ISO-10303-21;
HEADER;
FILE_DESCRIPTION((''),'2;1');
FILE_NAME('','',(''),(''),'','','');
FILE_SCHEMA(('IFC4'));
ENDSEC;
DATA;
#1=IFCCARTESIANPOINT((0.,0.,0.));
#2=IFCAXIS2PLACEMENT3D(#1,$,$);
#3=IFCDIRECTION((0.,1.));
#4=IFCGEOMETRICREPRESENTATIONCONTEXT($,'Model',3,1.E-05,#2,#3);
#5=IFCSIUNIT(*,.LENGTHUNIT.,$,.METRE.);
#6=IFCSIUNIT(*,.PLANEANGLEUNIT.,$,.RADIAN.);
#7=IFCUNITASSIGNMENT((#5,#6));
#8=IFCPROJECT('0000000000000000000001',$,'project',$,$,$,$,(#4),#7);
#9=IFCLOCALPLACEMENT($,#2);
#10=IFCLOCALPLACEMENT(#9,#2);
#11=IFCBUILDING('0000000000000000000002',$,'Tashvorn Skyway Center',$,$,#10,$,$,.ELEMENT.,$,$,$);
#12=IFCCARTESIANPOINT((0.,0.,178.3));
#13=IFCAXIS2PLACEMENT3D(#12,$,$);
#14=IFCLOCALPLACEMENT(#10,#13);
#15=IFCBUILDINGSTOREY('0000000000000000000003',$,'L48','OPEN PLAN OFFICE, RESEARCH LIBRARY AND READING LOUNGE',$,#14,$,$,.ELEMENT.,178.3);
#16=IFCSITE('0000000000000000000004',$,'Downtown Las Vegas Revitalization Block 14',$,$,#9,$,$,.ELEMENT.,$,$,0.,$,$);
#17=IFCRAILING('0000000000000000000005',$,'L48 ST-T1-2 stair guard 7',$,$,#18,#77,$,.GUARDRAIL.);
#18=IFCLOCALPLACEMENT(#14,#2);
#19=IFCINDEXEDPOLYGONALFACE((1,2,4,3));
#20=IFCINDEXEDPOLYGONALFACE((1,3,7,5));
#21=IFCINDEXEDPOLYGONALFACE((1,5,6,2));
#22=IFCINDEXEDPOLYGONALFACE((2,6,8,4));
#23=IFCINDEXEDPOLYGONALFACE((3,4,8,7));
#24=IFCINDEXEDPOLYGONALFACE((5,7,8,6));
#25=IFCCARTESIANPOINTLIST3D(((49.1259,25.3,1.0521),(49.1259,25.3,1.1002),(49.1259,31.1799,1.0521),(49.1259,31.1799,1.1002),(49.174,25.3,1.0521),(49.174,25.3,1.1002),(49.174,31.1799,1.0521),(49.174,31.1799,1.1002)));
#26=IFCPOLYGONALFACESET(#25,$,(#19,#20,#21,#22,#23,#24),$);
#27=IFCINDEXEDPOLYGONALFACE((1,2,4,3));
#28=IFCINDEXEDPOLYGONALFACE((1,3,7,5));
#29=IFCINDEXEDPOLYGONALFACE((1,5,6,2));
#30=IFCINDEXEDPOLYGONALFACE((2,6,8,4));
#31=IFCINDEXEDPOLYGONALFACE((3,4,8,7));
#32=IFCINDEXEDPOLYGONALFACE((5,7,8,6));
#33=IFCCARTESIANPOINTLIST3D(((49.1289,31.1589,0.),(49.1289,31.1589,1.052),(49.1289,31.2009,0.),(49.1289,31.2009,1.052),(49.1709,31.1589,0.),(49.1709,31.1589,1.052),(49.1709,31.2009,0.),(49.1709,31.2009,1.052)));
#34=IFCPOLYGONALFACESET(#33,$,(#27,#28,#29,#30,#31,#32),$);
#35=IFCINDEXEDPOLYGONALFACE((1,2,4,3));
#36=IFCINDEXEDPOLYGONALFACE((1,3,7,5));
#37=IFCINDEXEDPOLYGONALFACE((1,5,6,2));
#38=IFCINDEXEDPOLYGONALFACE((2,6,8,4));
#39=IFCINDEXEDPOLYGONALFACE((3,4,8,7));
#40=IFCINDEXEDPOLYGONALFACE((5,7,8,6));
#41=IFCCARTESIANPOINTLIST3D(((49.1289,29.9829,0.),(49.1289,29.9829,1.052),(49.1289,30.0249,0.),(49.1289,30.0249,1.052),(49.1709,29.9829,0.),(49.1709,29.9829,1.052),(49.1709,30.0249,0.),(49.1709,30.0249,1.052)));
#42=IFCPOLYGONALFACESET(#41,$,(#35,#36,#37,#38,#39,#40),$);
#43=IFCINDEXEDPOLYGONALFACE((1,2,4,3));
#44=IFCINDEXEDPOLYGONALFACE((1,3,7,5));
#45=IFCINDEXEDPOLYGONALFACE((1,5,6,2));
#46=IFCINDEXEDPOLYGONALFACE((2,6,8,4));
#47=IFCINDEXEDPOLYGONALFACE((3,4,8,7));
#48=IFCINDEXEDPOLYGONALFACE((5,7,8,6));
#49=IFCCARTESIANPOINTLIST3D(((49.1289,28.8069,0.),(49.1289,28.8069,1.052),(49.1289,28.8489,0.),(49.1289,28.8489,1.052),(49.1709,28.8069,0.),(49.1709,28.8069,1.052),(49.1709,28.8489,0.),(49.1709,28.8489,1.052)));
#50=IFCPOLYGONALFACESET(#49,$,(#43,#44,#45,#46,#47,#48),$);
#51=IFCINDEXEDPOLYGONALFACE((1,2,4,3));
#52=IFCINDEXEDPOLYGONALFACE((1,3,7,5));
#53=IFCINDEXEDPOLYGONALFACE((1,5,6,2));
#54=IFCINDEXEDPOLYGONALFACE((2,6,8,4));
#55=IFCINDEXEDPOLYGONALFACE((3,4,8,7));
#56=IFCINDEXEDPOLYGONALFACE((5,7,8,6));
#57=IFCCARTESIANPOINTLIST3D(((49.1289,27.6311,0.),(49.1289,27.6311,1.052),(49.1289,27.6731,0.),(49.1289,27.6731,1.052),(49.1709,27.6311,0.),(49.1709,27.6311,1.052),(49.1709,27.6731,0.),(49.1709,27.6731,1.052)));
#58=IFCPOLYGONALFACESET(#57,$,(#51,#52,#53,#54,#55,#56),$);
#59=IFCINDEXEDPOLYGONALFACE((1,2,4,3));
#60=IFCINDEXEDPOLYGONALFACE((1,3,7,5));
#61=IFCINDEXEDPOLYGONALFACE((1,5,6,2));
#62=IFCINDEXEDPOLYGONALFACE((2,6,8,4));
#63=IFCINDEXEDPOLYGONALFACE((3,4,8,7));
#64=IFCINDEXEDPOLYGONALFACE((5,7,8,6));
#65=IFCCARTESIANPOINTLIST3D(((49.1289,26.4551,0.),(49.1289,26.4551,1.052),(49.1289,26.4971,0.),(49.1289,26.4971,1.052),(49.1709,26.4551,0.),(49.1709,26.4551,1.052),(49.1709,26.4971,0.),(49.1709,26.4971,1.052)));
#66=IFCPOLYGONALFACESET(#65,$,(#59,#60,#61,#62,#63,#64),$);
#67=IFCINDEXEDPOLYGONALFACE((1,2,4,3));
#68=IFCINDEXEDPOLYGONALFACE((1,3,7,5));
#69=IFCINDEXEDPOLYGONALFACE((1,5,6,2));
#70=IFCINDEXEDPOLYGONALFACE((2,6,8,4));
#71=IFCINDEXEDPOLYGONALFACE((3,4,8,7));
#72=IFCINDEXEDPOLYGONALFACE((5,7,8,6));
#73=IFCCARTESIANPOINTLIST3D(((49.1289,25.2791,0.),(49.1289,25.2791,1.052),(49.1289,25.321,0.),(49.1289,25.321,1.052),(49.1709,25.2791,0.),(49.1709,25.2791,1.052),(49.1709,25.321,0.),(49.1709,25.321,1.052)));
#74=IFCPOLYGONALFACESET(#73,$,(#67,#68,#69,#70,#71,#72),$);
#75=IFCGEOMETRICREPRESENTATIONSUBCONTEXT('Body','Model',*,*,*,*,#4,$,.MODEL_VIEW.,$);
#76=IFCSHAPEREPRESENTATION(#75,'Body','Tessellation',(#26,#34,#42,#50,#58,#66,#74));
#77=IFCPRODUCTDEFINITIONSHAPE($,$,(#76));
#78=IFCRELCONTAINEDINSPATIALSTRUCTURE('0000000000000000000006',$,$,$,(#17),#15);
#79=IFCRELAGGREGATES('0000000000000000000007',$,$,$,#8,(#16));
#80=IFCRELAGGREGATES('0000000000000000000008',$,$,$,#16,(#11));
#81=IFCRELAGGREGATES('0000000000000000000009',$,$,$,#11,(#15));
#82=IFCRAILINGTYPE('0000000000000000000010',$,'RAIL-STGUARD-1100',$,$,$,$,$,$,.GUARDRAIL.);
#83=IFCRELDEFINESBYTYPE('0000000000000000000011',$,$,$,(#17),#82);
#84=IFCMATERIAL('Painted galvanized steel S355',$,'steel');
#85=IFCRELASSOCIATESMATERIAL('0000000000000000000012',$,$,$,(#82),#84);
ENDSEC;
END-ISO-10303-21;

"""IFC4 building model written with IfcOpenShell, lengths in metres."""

from ifc_helpers import new_model, si_unit, direction, frame, origin, origin_2d, place, context, subcontext, project, spatial, rectangle, extrude, material, type_object, element, save


model = new_model("IFC4")

# Units and contexts
model_context = context("Model", 3, precision=1e-05, world=origin(), true_north=direction((0.0, 1.0)))
body_context = subcontext(model_context, "Body", "Model", "MODEL_VIEW")
ifc_project = project(units=[si_unit("LENGTHUNIT", "METRE"), si_unit("PLANEANGLEUNIT", "RADIAN")], contexts=[model_context])

# Site, building, storey
site_placement = place(None, origin())
site = spatial("IfcSite", under=ifc_project, at=site_placement, Name="Downtown Las Vegas Revitalization Block 14", CompositionType="ELEMENT", RefElevation=0.0)
building_placement = place(site_placement, origin())
building = spatial("IfcBuilding", under=site, at=building_placement, Name="Tashvorn Skyway Center", CompositionType="ELEMENT")
storey_placement = place(building_placement, frame((0.0, 0.0, 178.3)))
storey = spatial("IfcBuildingStorey", under=building, at=storey_placement, Name="L48", Description="OPEN PLAN OFFICE, RESEARCH LIBRARY AND READING LOUNGE", CompositionType="ELEMENT", Elevation=178.3)

# Railing
ifc_material_1 = material(Name="Painted galvanized steel S355", Category="steel")
railing_type = type_object("IfcRailingType", Name="RAIL-STGUARD-1100", PredefinedType="GUARDRAIL", material=ifc_material_1)
railing_placement = place(storey_placement, frame((49.1499, 31.1799, 0.0)))
element("IfcRailing", 1, at=railing_placement, inside=storey, type_object=railing_type, Name="L48 ST-T1-2 stair guard 7", PredefinedType="GUARDRAIL", context=body_context, shape_type="SweptSolid", body=[
    extrude(rectangle(XDim=0.0481, YDim=0.0481, at=origin_2d()), frame((0.0, 0.0, 1.0762), z_axis=(0.0, -1.0, 0.0), x_axis=(1.0, 0.0, 0.0)), (0.0, 0.0, 1.0), 5.8799),
    extrude(rectangle(XDim=0.042, YDim=0.042, at=origin_2d()), origin(), (0.0, 0.0, 1.0), 1.052),
    extrude(rectangle(XDim=0.042, YDim=0.042, at=origin_2d()), frame((0.0, -1.176, 0.0)), (0.0, 0.0, 1.0), 1.052),
    extrude(rectangle(XDim=0.042, YDim=0.042, at=origin_2d()), frame((0.0, -2.3521, 0.0)), (0.0, 0.0, 1.0), 1.052),
    extrude(rectangle(XDim=0.042, YDim=0.042, at=origin_2d()), frame((0.0, -3.5278, 0.0)), (0.0, 0.0, 1.0), 1.052),
    extrude(rectangle(XDim=0.042, YDim=0.042, at=origin_2d()), frame((0.0, -4.7039, 0.0)), (0.0, 0.0, 1.0), 1.052),
    extrude(rectangle(XDim=0.042, YDim=0.042, at=origin_2d()), frame((0.0, -5.8799, 0.0)), (0.0, 0.0, 1.0), 1.052),
])

save(model, "model.ifc")
